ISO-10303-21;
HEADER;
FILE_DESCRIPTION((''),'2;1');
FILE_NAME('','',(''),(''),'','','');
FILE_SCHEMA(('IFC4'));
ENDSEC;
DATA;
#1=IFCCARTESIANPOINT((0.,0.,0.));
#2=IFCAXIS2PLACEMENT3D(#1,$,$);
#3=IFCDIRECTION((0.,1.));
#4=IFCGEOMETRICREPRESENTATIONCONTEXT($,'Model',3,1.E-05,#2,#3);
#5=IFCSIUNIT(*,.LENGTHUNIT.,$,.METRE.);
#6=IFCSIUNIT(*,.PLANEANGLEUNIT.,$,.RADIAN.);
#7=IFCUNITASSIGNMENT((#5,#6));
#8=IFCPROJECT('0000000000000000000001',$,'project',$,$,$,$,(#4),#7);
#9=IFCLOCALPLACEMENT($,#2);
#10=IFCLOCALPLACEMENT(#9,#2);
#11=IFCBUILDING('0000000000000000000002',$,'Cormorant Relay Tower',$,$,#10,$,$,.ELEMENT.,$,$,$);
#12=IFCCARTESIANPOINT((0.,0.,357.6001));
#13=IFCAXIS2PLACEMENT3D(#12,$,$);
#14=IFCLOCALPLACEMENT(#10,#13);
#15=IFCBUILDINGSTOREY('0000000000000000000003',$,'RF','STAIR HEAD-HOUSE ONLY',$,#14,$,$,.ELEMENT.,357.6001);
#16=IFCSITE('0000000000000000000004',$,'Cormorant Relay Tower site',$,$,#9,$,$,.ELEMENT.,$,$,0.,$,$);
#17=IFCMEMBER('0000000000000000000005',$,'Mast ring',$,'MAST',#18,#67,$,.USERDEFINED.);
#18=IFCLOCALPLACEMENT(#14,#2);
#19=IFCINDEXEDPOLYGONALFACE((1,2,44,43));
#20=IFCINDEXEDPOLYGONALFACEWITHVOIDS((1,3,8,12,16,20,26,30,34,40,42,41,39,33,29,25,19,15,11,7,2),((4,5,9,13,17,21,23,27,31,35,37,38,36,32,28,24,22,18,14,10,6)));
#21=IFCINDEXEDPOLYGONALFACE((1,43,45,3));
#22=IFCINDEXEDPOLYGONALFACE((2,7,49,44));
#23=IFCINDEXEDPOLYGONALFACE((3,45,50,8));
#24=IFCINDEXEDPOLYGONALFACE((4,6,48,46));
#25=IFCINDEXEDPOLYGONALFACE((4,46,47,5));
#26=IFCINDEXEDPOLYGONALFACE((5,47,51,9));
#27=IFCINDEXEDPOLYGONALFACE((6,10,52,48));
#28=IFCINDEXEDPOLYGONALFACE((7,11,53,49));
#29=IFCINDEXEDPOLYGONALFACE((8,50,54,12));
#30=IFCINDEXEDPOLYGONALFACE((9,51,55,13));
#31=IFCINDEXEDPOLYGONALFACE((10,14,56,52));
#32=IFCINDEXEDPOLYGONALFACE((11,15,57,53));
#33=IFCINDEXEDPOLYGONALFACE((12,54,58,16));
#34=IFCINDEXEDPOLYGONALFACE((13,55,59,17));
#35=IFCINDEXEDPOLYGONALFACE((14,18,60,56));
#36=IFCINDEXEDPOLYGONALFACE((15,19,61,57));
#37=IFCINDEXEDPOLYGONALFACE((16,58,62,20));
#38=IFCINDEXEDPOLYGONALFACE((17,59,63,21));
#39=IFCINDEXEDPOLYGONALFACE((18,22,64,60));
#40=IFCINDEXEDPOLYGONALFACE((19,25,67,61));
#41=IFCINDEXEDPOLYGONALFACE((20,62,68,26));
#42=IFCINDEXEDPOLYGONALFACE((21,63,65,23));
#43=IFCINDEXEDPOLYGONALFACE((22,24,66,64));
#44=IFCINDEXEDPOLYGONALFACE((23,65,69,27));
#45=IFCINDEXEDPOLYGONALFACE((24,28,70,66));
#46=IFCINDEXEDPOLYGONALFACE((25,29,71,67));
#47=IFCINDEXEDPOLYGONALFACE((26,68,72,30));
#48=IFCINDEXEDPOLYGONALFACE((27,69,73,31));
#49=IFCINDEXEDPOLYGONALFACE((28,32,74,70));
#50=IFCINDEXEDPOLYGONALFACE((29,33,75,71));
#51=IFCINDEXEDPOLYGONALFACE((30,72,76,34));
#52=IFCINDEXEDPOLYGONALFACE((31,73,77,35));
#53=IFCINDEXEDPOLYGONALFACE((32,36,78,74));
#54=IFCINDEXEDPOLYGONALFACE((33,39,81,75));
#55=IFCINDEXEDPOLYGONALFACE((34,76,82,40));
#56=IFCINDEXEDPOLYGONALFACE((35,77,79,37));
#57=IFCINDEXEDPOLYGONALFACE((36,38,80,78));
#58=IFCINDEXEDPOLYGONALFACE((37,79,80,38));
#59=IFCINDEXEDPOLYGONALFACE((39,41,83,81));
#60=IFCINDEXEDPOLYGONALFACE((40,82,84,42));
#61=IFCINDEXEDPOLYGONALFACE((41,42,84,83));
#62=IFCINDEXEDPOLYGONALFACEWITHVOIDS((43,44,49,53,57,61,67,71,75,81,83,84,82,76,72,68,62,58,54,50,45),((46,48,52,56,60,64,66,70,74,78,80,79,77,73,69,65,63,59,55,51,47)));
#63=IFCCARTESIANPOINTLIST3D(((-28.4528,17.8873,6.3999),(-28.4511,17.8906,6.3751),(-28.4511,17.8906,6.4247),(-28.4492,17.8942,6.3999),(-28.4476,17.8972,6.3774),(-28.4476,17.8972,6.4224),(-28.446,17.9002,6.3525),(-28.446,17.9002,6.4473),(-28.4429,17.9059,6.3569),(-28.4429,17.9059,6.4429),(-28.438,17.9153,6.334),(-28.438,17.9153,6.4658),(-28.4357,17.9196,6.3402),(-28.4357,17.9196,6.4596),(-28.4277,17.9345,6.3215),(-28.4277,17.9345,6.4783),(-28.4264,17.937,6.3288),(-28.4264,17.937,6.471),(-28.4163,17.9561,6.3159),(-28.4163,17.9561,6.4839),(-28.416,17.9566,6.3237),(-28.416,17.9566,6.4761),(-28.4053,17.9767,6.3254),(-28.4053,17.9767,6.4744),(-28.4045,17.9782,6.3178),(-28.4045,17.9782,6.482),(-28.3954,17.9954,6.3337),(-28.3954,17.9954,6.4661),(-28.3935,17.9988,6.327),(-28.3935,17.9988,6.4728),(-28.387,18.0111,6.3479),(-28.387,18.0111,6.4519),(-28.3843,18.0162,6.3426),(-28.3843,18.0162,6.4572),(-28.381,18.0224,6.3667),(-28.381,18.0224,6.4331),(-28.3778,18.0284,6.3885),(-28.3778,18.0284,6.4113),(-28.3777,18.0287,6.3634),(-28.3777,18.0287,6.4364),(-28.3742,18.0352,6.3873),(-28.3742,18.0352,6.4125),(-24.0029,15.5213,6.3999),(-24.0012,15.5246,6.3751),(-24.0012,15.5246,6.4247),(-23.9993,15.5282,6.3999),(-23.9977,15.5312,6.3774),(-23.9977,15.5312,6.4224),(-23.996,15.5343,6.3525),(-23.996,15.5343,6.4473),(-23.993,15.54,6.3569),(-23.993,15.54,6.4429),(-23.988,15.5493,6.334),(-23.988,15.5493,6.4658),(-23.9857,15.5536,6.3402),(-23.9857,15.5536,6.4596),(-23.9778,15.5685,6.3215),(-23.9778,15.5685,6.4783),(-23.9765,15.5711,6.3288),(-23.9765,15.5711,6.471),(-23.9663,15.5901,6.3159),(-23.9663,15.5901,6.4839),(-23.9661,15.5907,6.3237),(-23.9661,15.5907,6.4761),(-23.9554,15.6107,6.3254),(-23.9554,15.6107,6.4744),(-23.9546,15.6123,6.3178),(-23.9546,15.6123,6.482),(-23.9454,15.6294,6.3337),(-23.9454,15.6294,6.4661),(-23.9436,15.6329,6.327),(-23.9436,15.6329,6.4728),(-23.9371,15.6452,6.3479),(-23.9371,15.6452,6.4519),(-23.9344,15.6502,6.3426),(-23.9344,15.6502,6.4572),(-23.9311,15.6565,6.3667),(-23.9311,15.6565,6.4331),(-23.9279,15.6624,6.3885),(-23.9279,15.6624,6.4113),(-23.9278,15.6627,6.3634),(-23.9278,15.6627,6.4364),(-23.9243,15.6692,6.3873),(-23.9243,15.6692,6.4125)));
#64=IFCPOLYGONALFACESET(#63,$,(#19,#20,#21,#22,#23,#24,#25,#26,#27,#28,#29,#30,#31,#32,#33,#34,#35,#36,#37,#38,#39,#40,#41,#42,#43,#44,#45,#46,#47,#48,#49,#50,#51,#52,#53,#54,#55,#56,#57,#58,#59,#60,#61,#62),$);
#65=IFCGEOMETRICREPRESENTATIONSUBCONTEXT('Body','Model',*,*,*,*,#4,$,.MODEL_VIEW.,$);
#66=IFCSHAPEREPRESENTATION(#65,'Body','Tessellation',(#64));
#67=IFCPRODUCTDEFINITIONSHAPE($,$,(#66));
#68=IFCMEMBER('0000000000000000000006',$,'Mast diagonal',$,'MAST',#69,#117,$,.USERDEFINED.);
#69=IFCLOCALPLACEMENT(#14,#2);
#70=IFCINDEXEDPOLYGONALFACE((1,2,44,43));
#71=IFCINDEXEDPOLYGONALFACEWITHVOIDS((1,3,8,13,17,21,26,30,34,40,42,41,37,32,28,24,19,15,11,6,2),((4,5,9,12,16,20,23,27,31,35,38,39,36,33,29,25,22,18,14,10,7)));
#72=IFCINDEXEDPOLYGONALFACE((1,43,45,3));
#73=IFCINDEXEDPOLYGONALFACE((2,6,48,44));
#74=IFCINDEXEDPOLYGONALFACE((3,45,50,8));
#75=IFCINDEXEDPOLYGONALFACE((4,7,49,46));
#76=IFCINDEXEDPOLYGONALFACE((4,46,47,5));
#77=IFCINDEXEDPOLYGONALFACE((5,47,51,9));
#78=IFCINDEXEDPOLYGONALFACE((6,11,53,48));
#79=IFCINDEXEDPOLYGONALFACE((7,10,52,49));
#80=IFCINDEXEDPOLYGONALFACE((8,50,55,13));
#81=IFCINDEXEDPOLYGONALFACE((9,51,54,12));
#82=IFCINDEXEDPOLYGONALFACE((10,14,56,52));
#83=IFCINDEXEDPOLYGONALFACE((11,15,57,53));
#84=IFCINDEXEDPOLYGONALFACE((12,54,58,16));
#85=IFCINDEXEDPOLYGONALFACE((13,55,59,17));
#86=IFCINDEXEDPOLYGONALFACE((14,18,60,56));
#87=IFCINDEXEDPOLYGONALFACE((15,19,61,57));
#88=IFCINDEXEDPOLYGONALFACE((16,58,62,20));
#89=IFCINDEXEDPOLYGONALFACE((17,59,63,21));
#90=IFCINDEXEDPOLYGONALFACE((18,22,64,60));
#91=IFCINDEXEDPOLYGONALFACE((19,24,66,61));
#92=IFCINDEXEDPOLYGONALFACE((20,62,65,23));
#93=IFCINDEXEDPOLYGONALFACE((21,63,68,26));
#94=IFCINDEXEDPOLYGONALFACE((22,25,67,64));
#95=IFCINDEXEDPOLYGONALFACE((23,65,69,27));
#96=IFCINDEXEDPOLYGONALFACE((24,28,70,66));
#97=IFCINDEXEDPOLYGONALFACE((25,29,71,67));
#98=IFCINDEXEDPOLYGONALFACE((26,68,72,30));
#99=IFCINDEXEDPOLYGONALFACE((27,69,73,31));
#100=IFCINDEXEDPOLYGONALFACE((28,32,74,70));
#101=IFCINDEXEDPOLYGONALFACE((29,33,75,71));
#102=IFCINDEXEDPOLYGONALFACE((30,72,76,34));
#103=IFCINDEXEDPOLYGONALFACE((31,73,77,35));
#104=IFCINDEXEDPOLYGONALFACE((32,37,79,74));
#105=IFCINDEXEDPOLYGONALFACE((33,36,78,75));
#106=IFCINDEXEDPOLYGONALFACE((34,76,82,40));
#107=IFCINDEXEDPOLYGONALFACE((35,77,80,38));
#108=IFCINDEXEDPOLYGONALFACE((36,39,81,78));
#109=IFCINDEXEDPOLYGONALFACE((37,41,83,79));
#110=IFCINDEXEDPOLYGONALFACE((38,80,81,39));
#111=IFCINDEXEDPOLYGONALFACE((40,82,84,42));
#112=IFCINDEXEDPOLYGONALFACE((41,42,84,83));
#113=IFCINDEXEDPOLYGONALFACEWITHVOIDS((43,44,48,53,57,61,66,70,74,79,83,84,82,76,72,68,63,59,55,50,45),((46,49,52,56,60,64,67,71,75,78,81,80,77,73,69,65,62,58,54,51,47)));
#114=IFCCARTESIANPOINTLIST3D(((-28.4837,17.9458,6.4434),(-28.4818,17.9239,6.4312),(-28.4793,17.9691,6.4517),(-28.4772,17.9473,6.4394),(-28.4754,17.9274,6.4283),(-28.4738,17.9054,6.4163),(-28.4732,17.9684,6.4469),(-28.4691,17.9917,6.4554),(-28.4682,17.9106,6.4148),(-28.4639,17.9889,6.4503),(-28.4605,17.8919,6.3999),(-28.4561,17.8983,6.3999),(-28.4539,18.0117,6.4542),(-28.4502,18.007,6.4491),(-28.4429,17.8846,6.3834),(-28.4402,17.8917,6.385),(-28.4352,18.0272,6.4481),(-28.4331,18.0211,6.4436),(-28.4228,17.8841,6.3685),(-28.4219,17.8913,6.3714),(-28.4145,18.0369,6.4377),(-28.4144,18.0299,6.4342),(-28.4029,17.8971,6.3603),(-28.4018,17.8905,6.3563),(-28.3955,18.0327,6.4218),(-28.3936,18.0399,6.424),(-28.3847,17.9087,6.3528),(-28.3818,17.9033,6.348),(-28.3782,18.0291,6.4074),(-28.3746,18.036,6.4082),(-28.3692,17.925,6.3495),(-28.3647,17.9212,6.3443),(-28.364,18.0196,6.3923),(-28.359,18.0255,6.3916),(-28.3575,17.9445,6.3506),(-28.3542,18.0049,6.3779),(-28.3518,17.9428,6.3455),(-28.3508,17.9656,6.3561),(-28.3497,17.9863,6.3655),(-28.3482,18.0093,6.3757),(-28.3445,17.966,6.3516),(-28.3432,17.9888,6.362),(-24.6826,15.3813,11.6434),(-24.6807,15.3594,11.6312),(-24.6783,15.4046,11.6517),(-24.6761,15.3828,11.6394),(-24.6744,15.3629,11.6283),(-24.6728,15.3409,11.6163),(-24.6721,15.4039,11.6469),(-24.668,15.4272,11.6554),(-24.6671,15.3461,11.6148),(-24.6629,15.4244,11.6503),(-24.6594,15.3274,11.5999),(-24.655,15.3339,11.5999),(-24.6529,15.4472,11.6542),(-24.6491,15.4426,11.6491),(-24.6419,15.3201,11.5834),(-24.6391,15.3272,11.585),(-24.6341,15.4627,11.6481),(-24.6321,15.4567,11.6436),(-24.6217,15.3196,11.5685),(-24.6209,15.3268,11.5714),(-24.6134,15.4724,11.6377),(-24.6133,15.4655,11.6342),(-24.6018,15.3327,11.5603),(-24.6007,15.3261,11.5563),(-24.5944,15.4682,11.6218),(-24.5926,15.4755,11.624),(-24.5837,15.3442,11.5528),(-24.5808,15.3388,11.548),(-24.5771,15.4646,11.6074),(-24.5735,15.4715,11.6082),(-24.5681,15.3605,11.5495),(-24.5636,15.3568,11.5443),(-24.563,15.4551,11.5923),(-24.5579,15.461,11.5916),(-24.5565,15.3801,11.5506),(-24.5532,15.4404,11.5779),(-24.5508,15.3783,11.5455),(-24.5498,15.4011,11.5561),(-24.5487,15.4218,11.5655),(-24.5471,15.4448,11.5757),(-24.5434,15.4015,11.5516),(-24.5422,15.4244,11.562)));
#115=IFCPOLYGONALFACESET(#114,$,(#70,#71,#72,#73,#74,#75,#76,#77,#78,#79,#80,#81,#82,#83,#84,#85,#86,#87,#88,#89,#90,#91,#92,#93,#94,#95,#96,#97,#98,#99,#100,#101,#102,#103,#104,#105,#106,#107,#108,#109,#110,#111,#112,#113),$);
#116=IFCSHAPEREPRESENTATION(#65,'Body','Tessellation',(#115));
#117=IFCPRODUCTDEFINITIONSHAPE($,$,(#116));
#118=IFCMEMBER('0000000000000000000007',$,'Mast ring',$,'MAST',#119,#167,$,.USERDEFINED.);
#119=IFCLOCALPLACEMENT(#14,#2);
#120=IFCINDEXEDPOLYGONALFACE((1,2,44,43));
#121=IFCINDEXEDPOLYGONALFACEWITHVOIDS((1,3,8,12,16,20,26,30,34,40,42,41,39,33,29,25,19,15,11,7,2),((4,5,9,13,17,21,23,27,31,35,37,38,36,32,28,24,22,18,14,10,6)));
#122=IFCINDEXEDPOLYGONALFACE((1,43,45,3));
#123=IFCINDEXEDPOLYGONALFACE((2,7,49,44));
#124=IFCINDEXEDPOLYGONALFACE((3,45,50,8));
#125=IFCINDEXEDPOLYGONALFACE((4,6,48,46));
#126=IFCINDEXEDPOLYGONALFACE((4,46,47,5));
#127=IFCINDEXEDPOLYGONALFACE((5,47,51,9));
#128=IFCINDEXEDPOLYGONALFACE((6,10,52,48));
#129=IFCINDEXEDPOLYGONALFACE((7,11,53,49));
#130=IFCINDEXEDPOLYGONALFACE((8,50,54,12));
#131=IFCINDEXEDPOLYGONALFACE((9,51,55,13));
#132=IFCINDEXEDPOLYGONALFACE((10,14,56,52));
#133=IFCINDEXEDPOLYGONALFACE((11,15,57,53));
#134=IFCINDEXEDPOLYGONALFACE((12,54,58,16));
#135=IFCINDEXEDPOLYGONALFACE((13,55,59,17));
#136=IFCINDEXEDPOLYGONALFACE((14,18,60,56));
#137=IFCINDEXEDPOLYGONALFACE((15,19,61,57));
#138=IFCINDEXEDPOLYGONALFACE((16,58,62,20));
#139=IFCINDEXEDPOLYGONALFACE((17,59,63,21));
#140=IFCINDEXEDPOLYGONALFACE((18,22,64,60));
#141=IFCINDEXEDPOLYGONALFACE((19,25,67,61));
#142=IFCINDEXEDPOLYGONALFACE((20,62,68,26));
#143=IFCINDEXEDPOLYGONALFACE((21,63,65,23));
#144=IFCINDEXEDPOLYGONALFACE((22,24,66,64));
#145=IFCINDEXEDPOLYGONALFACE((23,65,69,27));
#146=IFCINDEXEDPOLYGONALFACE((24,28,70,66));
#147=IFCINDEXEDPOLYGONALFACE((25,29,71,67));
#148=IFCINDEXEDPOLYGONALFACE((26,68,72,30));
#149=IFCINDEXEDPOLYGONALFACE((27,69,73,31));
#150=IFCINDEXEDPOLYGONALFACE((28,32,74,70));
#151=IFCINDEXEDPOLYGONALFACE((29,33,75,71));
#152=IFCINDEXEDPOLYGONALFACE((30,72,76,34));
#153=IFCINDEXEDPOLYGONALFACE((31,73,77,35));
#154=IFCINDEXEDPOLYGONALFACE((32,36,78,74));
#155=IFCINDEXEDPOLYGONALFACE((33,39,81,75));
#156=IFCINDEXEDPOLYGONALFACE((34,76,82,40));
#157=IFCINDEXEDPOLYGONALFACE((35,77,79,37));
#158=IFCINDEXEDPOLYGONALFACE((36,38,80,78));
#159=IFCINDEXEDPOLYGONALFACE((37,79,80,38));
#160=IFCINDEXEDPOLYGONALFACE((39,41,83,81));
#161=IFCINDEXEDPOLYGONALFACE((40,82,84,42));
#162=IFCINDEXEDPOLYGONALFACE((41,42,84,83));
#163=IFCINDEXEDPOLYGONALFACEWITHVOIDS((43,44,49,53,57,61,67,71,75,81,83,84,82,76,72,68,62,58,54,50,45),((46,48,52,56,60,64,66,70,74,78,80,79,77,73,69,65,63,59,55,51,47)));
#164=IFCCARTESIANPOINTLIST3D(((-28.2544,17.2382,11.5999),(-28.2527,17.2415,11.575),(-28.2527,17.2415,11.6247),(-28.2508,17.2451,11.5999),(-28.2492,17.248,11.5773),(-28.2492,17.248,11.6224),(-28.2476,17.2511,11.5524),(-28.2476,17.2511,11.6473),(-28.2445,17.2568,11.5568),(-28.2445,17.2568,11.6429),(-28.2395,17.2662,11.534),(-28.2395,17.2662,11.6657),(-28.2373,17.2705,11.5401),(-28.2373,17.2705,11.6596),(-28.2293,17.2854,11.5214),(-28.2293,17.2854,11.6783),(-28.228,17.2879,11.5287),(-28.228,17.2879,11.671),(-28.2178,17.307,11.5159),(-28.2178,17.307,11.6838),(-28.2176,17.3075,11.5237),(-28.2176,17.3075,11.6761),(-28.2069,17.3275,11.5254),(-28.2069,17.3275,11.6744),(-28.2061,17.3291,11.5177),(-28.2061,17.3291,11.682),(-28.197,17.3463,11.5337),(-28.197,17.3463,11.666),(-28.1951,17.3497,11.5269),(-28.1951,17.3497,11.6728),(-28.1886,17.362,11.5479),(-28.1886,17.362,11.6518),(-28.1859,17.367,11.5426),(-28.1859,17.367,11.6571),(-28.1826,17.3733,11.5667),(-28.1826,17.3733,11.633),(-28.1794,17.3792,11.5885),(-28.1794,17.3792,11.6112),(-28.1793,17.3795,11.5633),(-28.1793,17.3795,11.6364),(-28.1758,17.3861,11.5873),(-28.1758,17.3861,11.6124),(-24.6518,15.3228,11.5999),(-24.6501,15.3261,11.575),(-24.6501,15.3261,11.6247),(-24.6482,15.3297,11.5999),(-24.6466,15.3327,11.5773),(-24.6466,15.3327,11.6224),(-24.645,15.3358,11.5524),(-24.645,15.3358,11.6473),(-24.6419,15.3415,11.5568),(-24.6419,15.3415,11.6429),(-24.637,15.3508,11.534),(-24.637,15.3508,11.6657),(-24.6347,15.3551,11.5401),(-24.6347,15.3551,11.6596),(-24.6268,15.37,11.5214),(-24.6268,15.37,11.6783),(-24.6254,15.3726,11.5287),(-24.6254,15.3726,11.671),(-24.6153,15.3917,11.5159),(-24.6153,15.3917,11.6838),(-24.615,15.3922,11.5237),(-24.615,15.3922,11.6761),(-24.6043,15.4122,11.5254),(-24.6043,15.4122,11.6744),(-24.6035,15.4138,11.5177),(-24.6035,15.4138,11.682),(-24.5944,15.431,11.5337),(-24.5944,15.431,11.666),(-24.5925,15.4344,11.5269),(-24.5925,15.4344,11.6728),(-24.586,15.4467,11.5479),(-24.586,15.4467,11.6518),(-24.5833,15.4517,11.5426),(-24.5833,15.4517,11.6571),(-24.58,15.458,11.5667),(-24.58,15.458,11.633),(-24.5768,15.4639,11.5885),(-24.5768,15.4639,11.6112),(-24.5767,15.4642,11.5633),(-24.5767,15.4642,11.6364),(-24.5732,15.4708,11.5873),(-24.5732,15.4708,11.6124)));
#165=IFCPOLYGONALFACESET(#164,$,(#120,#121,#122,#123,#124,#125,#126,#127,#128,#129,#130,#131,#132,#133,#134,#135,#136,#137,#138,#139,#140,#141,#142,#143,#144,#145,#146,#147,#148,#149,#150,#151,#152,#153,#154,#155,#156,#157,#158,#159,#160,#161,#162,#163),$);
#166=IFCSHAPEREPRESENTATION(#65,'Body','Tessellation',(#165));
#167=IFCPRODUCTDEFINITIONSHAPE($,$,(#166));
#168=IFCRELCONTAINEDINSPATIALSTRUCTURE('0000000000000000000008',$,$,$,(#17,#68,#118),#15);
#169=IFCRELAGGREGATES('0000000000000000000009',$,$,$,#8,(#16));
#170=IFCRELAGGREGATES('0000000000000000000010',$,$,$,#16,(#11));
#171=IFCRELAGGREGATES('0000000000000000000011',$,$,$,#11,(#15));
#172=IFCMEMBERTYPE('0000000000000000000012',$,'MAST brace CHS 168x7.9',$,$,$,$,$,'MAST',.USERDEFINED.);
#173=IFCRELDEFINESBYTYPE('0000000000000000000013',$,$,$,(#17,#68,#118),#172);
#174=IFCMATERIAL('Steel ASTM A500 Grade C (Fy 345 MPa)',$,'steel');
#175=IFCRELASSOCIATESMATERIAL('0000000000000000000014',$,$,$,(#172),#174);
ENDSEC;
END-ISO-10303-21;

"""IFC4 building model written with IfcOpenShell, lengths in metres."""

from ifc_helpers import new_model, si_unit, direction, frame, origin, origin_2d, place, context, subcontext, project, spatial, hollow_circle, extrude, material, material_profile, profile_set, type_object, element, save


model = new_model("IFC4")

# Units and contexts
model_context = context("Model", 3, precision=1e-05, world=origin(), true_north=direction((0.0, 1.0)))
body_context = subcontext(model_context, "Body", "Model", "MODEL_VIEW")
ifc_project = project(units=[si_unit("LENGTHUNIT", "METRE"), si_unit("PLANEANGLEUNIT", "RADIAN")], contexts=[model_context])

# Site, building, storey
site_placement = place(None, origin())
site = spatial("IfcSite", under=ifc_project, at=site_placement, Name="Cormorant Relay Tower site", CompositionType="ELEMENT", RefElevation=0.0)
building_placement = place(site_placement, origin())
building = spatial("IfcBuilding", under=site, at=building_placement, Name="Cormorant Relay Tower", CompositionType="ELEMENT")
storey_placement = place(building_placement, frame((0.0, 0.0, 357.6001)))
storey = spatial("IfcBuildingStorey", under=building, at=storey_placement, Name="RF", Description="STAIR HEAD-HOUSE ONLY", CompositionType="ELEMENT", Elevation=357.6001)

# Members
ifc_material_1 = material(Name="Steel ASTM A500 Grade C (Fy 345 MPa)", Category="steel")
ifc_material_profile = material_profile(ifc_material_1, hollow_circle(Radius=0.0842, WallThickness=0.0078, at=origin_2d()), Name="CHS 168x7.9")
ifc_profile_set = profile_set([ifc_material_profile], Name="Steel ASTM A500 Grade C (Fy 345 MPa)")
member_type = type_object("IfcMemberType", Name="MAST brace CHS 168x7.9", ElementType="MAST", PredefinedType="USERDEFINED", material=ifc_profile_set)
member_1_placement = place(storey_placement, frame((-23.9634, 15.5957, 6.3999), z_axis=(-0.882957, 0.469454, 0.0), x_axis=(-0.469454, -0.882957, 0.0)))
element("IfcMember", 1, at=member_1_placement, inside=storey, type_object=member_type, Name="Mast ring", ObjectType="MAST", PredefinedType="USERDEFINED", context=body_context, shape_type="SweptSolid", body=[
    extrude(hollow_circle(Radius=0.0842, WallThickness=0.0078, at=origin_2d()), origin(), (0.0, 0.0, 1.0), 5.0398),
])
member_2_placement = place(storey_placement, frame((-24.6123, 15.3972, 11.5999), z_axis=(-0.548267, 0.369902, -0.750051), x_axis=(-0.559287, -0.828974, 0.0)))
element("IfcMember", 2, at=member_2_placement, inside=storey, type_object=member_type, Name="Mast diagonal", ObjectType="MAST", PredefinedType="USERDEFINED", context=body_context, shape_type="SweptSolid", body=[
    extrude(hollow_circle(Radius=0.0842, WallThickness=0.0078, at=origin_2d()), origin(), (0.0, 0.0, 1.0), 6.9329),
])
member_3_placement = place(storey_placement, frame((-24.6123, 15.3972, 11.5999), z_axis=(-0.88297, 0.469429, 0.0), x_axis=(-0.469429, -0.88297, 0.0)))
element("IfcMember", 3, at=member_3_placement, inside=storey, type_object=member_type, Name="Mast ring", ObjectType="MAST", PredefinedType="USERDEFINED", context=body_context, shape_type="SweptSolid", body=[
    extrude(hollow_circle(Radius=0.0842, WallThickness=0.0078, at=origin_2d()), origin(), (0.0, 0.0, 1.0), 4.0801),
])

save(model, "model.ifc")
